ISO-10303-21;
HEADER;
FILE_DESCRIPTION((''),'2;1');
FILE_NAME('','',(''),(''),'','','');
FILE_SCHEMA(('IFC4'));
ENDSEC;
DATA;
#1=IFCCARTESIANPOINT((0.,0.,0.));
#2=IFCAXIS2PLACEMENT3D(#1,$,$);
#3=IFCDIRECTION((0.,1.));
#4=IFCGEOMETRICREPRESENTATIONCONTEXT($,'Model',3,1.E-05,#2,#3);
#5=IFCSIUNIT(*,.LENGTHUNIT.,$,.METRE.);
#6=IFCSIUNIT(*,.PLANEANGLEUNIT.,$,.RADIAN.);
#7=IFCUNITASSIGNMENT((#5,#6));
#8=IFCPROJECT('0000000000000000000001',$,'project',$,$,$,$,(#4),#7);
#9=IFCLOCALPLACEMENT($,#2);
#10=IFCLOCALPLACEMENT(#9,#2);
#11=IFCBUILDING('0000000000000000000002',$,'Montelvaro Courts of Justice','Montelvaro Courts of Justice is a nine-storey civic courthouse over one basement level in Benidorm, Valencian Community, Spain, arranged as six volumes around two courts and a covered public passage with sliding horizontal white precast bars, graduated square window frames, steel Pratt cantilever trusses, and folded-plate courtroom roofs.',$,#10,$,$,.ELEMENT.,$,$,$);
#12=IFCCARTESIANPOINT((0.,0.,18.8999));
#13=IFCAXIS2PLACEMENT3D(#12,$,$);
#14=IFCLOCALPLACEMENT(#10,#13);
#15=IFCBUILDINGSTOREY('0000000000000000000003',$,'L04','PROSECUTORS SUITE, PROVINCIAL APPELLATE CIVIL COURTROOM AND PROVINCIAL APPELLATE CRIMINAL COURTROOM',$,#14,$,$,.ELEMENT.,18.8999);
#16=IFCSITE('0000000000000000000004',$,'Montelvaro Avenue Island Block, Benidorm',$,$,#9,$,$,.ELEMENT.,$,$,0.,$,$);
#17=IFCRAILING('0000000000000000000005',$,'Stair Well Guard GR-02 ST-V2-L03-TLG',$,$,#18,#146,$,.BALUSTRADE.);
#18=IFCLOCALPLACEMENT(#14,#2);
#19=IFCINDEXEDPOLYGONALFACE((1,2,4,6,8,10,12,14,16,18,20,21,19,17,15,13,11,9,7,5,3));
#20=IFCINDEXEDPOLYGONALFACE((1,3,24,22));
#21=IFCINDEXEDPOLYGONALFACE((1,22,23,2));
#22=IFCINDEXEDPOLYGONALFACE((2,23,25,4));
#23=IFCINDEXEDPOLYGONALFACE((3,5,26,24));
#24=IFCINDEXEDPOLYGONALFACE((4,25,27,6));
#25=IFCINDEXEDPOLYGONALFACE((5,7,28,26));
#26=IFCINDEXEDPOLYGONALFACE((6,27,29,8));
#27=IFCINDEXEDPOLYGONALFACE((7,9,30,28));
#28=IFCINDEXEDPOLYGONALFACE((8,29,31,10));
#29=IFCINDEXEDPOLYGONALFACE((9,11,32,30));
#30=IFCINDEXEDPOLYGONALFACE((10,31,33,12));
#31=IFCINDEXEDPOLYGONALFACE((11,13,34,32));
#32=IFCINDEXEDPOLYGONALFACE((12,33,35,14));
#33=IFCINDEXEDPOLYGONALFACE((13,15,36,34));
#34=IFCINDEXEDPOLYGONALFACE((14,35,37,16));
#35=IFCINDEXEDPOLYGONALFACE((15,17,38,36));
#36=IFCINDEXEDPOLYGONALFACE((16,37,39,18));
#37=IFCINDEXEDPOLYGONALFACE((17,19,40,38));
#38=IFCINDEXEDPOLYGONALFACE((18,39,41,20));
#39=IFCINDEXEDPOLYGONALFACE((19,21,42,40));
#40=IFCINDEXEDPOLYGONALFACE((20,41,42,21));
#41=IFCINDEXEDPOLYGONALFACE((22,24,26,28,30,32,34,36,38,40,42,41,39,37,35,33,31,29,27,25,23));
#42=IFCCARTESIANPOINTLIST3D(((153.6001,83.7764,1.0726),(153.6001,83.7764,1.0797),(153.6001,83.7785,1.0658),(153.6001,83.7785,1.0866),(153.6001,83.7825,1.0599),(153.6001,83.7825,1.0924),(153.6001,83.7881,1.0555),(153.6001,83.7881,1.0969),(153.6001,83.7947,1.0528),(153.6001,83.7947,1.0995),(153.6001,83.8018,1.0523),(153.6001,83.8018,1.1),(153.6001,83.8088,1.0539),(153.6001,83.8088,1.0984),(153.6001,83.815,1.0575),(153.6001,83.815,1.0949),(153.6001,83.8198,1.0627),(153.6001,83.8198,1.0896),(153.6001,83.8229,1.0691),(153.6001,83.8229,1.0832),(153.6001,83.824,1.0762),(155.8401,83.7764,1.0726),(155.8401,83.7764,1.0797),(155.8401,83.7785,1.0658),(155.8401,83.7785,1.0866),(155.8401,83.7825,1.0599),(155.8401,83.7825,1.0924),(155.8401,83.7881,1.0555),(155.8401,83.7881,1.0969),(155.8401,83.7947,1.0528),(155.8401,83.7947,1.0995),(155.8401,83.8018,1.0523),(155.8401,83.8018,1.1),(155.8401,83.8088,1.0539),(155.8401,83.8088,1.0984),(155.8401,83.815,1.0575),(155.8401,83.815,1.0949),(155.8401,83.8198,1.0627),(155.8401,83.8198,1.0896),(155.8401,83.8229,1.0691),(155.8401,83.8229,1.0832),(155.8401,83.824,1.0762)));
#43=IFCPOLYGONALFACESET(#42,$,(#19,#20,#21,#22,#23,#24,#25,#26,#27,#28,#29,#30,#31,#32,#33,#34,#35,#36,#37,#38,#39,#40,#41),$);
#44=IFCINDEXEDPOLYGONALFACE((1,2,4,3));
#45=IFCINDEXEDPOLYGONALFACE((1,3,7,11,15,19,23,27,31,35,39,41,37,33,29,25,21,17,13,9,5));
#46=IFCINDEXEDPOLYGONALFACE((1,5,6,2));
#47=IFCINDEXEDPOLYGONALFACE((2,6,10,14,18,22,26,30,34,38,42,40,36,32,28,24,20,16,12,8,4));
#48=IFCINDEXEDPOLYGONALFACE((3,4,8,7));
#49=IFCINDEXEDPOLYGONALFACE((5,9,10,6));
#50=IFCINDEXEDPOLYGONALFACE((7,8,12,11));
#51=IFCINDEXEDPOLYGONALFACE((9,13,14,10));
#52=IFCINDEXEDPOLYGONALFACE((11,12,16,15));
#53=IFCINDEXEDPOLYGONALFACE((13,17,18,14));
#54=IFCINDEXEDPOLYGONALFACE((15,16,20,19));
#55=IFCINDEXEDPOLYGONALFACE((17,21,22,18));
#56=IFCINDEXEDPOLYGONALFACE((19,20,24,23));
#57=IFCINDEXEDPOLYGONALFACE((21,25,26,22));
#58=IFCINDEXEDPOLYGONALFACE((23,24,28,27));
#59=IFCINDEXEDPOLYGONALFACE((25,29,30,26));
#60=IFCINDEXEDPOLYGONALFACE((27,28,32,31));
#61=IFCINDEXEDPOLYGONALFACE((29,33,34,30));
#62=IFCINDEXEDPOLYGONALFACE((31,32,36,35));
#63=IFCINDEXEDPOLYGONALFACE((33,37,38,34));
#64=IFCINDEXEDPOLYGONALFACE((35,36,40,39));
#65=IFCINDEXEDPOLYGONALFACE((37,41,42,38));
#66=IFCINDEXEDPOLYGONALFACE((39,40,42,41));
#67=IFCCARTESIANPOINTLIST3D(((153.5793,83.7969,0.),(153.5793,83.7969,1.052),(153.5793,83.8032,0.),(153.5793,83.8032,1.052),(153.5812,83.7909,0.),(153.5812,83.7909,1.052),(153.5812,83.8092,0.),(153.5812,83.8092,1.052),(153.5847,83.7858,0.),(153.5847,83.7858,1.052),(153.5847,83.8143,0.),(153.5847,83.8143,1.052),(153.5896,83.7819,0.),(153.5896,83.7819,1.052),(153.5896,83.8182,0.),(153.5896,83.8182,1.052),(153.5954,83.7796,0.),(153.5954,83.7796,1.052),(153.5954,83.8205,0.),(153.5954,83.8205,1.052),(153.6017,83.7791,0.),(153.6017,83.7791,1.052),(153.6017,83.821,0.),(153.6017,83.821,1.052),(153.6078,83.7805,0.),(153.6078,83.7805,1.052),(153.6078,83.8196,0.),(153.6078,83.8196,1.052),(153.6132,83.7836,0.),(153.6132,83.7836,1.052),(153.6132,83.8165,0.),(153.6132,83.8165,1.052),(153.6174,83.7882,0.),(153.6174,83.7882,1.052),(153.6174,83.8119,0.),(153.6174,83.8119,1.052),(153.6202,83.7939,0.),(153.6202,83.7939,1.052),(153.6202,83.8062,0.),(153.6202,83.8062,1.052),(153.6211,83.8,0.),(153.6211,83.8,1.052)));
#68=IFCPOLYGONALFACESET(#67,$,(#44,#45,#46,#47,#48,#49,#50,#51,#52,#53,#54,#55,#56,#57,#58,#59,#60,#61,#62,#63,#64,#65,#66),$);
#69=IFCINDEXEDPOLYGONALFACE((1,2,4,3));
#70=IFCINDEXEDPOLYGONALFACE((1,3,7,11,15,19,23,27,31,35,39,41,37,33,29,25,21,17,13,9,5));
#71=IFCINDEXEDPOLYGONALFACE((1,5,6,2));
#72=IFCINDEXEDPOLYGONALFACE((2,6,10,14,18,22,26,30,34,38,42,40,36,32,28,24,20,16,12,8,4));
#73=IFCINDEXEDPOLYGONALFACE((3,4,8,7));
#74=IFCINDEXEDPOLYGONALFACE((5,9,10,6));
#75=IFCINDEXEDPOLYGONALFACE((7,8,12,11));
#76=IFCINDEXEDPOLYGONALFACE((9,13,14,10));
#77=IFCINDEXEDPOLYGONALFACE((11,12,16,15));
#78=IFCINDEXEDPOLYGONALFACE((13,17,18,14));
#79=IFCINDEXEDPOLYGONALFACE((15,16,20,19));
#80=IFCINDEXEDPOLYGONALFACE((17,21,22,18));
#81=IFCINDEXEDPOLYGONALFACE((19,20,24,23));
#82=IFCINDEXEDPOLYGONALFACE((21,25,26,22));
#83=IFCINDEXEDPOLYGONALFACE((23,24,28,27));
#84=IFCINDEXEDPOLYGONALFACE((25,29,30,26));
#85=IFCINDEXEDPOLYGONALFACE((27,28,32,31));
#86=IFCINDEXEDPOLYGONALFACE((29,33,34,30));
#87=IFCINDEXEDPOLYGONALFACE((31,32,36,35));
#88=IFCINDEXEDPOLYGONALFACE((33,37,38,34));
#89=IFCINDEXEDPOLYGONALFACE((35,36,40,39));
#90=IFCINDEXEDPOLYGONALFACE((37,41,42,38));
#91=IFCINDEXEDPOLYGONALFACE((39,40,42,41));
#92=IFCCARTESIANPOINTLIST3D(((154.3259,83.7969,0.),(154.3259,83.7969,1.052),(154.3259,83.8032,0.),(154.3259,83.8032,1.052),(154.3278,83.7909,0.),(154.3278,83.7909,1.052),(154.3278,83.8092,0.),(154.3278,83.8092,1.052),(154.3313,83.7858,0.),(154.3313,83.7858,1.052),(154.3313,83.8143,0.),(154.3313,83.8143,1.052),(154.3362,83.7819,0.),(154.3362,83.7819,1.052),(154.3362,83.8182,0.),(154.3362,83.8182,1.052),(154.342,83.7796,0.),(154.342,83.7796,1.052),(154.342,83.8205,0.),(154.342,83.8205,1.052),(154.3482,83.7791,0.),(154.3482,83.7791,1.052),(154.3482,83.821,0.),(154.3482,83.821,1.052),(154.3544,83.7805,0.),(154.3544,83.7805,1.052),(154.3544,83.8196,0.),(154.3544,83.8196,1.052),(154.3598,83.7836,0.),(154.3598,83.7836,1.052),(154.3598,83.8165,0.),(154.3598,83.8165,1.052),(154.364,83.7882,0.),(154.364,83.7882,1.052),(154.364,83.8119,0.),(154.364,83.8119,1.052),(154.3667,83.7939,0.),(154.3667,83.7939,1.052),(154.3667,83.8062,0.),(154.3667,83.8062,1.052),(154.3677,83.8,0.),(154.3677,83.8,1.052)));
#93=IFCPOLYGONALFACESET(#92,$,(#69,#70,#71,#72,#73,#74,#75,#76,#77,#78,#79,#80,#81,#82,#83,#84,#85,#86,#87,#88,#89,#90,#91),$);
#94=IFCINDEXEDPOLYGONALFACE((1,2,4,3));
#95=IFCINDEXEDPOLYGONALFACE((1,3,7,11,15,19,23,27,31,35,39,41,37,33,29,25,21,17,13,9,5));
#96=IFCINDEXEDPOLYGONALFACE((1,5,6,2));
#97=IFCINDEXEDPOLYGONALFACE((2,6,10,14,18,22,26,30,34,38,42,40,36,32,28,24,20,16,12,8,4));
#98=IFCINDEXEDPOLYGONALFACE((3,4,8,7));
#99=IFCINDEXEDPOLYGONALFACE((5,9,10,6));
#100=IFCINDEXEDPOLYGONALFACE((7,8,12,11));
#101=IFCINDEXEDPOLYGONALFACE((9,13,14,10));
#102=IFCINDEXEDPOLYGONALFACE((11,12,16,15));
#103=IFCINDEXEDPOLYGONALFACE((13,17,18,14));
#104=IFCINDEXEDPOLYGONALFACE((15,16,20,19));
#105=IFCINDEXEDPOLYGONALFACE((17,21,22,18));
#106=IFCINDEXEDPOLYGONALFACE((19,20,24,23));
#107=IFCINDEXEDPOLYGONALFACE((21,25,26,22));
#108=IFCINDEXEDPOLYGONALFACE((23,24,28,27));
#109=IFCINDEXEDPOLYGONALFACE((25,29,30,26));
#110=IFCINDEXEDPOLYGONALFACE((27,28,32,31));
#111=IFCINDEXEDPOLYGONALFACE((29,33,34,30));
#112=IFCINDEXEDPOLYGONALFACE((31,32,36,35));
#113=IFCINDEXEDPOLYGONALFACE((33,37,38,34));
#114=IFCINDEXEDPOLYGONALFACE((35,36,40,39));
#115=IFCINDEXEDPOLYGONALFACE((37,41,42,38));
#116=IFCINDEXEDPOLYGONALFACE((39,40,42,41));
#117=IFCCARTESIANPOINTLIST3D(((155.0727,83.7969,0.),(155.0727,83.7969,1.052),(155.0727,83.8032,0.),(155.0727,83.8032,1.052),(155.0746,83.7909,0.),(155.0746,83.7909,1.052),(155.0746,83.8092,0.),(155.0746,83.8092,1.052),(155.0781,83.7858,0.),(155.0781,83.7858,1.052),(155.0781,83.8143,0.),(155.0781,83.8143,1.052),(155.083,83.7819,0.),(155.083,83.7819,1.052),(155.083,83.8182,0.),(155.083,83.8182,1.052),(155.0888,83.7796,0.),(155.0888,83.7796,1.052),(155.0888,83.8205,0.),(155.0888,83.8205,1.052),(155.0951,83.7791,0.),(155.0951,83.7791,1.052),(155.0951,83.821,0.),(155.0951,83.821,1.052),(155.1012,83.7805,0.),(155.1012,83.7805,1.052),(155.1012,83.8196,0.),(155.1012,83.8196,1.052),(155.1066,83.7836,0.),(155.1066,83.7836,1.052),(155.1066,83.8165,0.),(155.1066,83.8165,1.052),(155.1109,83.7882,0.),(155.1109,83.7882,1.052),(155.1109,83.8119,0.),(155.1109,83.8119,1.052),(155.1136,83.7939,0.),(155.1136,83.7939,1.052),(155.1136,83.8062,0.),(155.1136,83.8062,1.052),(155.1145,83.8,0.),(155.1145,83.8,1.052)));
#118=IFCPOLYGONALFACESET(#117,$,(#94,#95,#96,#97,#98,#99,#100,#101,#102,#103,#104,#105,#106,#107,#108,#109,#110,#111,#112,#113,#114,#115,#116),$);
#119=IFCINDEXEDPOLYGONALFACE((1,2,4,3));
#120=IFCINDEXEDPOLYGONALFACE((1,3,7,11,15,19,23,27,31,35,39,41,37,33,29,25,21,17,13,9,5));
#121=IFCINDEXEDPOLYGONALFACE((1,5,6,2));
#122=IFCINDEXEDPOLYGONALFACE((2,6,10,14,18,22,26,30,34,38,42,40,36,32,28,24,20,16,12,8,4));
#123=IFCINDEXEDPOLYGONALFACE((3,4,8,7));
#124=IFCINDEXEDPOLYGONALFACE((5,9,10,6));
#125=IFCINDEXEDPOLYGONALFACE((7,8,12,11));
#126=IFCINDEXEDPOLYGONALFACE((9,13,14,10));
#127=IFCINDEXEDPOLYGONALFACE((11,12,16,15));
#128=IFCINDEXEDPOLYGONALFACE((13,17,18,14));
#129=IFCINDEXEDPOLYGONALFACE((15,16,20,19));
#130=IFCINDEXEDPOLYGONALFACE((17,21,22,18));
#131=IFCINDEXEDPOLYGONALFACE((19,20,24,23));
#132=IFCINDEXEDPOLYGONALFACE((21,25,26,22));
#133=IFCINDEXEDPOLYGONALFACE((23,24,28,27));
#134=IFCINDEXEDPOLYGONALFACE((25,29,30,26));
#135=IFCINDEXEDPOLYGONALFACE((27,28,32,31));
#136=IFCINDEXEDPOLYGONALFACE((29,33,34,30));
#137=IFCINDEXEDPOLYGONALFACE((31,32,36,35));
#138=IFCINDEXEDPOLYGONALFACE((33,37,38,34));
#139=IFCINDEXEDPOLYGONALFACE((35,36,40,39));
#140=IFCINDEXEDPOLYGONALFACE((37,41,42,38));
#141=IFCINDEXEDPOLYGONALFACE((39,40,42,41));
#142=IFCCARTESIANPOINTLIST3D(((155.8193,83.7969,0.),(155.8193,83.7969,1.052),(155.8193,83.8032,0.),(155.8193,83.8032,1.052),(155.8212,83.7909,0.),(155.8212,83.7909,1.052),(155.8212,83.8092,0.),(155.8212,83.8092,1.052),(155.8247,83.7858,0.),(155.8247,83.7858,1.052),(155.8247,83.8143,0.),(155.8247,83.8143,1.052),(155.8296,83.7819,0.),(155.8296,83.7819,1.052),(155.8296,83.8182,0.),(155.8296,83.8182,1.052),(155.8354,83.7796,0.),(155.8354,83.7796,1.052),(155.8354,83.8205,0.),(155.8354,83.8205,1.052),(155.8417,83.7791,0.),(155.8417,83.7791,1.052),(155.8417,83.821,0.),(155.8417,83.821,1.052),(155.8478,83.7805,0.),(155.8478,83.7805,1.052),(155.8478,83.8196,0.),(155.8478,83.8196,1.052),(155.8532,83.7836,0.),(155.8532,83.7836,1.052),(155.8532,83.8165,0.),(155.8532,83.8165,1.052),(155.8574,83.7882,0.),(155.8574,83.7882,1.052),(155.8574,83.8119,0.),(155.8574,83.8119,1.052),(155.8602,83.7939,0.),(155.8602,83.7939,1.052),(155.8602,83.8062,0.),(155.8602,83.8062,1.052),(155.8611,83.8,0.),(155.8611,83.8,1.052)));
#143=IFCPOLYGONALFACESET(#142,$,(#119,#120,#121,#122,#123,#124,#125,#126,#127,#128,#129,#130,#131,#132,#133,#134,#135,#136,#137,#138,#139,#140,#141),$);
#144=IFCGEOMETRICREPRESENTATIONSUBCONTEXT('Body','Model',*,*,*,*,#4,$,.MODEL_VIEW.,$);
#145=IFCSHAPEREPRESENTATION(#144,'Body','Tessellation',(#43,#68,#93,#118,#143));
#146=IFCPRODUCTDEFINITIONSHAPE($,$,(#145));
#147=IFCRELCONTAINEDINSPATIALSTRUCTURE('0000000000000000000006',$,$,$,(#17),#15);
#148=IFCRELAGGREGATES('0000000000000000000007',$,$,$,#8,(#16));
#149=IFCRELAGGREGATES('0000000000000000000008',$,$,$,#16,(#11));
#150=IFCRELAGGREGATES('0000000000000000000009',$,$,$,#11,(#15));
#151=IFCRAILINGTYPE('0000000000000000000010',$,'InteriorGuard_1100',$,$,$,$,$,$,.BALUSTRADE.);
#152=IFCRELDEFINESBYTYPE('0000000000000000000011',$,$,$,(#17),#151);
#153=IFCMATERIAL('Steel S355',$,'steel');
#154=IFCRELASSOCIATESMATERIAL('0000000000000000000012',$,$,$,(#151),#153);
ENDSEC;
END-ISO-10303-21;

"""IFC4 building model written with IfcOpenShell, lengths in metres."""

from ifc_helpers import new_model, si_unit, direction, frame, origin, origin_2d, place, context, subcontext, project, spatial, circle, extrude, material, type_object, element, save


model = new_model("IFC4")

# Units and contexts
model_context = context("Model", 3, precision=1e-05, world=origin(), true_north=direction((0.0, 1.0)))
body_context = subcontext(model_context, "Body", "Model", "MODEL_VIEW")
ifc_project = project(units=[si_unit("LENGTHUNIT", "METRE"), si_unit("PLANEANGLEUNIT", "RADIAN")], contexts=[model_context])

# Site, building, storey
site_placement = place(None, origin())
site = spatial("IfcSite", under=ifc_project, at=site_placement, Name="Montelvaro Avenue Island Block, Benidorm", CompositionType="ELEMENT", RefElevation=0.0)
building_placement = place(site_placement, origin())
building = spatial("IfcBuilding", under=site, at=building_placement, Name="Montelvaro Courts of Justice", Description="Montelvaro Courts of Justice is a nine-storey civic courthouse over one basement level in Benidorm, Valencian Community, Spain, arranged as six volumes around two courts and a covered public passage with sliding horizontal white precast bars, graduated square window frames, steel Pratt cantilever trusses, and folded-plate courtroom roofs.", CompositionType="ELEMENT")
storey_placement = place(building_placement, frame((0.0, 0.0, 18.8999)))
storey = spatial("IfcBuildingStorey", under=building, at=storey_placement, Name="L04", Description="PROSECUTORS SUITE, PROVINCIAL APPELLATE CIVIL COURTROOM AND PROVINCIAL APPELLATE CRIMINAL COURTROOM", CompositionType="ELEMENT", Elevation=18.8999)

# Shared definitions
ifc_material_1 = material(Name="Steel S355", Category="steel")

# Railing
railing_type = type_object("IfcRailingType", Name="InteriorGuard_1100", PredefinedType="BALUSTRADE", material=ifc_material_1)
railing_placement = place(storey_placement, frame((153.6001, 83.8, 0.0)))
element("IfcRailing", 1, at=railing_placement, inside=storey, type_object=railing_type, Name="Stair Well Guard GR-02 ST-V2-L03-TLG", PredefinedType="BALUSTRADE", context=body_context, shape_type="SweptSolid", body=[
    extrude(circle(Radius=0.0239, at=origin_2d()), frame((0.0, 0.0, 1.0762), z_axis=(1.0, 0.0, 0.0), x_axis=(0.0, 1.0, 0.0)), (0.0, 0.0, 1.0), 2.24),
    extrude(circle(Radius=0.021, at=origin_2d()), origin(), (0.0, 0.0, 1.0), 1.052),
    extrude(circle(Radius=0.021, at=origin_2d()), frame((0.7466, 0.0, 0.0)), (0.0, 0.0, 1.0), 1.052),
    extrude(circle(Radius=0.021, at=origin_2d()), frame((1.4934, 0.0, 0.0)), (0.0, 0.0, 1.0), 1.052),
    extrude(circle(Radius=0.021, at=origin_2d()), frame((2.24, 0.0, 0.0)), (0.0, 0.0, 1.0), 1.052),
])

save(model, "model.ifc")
